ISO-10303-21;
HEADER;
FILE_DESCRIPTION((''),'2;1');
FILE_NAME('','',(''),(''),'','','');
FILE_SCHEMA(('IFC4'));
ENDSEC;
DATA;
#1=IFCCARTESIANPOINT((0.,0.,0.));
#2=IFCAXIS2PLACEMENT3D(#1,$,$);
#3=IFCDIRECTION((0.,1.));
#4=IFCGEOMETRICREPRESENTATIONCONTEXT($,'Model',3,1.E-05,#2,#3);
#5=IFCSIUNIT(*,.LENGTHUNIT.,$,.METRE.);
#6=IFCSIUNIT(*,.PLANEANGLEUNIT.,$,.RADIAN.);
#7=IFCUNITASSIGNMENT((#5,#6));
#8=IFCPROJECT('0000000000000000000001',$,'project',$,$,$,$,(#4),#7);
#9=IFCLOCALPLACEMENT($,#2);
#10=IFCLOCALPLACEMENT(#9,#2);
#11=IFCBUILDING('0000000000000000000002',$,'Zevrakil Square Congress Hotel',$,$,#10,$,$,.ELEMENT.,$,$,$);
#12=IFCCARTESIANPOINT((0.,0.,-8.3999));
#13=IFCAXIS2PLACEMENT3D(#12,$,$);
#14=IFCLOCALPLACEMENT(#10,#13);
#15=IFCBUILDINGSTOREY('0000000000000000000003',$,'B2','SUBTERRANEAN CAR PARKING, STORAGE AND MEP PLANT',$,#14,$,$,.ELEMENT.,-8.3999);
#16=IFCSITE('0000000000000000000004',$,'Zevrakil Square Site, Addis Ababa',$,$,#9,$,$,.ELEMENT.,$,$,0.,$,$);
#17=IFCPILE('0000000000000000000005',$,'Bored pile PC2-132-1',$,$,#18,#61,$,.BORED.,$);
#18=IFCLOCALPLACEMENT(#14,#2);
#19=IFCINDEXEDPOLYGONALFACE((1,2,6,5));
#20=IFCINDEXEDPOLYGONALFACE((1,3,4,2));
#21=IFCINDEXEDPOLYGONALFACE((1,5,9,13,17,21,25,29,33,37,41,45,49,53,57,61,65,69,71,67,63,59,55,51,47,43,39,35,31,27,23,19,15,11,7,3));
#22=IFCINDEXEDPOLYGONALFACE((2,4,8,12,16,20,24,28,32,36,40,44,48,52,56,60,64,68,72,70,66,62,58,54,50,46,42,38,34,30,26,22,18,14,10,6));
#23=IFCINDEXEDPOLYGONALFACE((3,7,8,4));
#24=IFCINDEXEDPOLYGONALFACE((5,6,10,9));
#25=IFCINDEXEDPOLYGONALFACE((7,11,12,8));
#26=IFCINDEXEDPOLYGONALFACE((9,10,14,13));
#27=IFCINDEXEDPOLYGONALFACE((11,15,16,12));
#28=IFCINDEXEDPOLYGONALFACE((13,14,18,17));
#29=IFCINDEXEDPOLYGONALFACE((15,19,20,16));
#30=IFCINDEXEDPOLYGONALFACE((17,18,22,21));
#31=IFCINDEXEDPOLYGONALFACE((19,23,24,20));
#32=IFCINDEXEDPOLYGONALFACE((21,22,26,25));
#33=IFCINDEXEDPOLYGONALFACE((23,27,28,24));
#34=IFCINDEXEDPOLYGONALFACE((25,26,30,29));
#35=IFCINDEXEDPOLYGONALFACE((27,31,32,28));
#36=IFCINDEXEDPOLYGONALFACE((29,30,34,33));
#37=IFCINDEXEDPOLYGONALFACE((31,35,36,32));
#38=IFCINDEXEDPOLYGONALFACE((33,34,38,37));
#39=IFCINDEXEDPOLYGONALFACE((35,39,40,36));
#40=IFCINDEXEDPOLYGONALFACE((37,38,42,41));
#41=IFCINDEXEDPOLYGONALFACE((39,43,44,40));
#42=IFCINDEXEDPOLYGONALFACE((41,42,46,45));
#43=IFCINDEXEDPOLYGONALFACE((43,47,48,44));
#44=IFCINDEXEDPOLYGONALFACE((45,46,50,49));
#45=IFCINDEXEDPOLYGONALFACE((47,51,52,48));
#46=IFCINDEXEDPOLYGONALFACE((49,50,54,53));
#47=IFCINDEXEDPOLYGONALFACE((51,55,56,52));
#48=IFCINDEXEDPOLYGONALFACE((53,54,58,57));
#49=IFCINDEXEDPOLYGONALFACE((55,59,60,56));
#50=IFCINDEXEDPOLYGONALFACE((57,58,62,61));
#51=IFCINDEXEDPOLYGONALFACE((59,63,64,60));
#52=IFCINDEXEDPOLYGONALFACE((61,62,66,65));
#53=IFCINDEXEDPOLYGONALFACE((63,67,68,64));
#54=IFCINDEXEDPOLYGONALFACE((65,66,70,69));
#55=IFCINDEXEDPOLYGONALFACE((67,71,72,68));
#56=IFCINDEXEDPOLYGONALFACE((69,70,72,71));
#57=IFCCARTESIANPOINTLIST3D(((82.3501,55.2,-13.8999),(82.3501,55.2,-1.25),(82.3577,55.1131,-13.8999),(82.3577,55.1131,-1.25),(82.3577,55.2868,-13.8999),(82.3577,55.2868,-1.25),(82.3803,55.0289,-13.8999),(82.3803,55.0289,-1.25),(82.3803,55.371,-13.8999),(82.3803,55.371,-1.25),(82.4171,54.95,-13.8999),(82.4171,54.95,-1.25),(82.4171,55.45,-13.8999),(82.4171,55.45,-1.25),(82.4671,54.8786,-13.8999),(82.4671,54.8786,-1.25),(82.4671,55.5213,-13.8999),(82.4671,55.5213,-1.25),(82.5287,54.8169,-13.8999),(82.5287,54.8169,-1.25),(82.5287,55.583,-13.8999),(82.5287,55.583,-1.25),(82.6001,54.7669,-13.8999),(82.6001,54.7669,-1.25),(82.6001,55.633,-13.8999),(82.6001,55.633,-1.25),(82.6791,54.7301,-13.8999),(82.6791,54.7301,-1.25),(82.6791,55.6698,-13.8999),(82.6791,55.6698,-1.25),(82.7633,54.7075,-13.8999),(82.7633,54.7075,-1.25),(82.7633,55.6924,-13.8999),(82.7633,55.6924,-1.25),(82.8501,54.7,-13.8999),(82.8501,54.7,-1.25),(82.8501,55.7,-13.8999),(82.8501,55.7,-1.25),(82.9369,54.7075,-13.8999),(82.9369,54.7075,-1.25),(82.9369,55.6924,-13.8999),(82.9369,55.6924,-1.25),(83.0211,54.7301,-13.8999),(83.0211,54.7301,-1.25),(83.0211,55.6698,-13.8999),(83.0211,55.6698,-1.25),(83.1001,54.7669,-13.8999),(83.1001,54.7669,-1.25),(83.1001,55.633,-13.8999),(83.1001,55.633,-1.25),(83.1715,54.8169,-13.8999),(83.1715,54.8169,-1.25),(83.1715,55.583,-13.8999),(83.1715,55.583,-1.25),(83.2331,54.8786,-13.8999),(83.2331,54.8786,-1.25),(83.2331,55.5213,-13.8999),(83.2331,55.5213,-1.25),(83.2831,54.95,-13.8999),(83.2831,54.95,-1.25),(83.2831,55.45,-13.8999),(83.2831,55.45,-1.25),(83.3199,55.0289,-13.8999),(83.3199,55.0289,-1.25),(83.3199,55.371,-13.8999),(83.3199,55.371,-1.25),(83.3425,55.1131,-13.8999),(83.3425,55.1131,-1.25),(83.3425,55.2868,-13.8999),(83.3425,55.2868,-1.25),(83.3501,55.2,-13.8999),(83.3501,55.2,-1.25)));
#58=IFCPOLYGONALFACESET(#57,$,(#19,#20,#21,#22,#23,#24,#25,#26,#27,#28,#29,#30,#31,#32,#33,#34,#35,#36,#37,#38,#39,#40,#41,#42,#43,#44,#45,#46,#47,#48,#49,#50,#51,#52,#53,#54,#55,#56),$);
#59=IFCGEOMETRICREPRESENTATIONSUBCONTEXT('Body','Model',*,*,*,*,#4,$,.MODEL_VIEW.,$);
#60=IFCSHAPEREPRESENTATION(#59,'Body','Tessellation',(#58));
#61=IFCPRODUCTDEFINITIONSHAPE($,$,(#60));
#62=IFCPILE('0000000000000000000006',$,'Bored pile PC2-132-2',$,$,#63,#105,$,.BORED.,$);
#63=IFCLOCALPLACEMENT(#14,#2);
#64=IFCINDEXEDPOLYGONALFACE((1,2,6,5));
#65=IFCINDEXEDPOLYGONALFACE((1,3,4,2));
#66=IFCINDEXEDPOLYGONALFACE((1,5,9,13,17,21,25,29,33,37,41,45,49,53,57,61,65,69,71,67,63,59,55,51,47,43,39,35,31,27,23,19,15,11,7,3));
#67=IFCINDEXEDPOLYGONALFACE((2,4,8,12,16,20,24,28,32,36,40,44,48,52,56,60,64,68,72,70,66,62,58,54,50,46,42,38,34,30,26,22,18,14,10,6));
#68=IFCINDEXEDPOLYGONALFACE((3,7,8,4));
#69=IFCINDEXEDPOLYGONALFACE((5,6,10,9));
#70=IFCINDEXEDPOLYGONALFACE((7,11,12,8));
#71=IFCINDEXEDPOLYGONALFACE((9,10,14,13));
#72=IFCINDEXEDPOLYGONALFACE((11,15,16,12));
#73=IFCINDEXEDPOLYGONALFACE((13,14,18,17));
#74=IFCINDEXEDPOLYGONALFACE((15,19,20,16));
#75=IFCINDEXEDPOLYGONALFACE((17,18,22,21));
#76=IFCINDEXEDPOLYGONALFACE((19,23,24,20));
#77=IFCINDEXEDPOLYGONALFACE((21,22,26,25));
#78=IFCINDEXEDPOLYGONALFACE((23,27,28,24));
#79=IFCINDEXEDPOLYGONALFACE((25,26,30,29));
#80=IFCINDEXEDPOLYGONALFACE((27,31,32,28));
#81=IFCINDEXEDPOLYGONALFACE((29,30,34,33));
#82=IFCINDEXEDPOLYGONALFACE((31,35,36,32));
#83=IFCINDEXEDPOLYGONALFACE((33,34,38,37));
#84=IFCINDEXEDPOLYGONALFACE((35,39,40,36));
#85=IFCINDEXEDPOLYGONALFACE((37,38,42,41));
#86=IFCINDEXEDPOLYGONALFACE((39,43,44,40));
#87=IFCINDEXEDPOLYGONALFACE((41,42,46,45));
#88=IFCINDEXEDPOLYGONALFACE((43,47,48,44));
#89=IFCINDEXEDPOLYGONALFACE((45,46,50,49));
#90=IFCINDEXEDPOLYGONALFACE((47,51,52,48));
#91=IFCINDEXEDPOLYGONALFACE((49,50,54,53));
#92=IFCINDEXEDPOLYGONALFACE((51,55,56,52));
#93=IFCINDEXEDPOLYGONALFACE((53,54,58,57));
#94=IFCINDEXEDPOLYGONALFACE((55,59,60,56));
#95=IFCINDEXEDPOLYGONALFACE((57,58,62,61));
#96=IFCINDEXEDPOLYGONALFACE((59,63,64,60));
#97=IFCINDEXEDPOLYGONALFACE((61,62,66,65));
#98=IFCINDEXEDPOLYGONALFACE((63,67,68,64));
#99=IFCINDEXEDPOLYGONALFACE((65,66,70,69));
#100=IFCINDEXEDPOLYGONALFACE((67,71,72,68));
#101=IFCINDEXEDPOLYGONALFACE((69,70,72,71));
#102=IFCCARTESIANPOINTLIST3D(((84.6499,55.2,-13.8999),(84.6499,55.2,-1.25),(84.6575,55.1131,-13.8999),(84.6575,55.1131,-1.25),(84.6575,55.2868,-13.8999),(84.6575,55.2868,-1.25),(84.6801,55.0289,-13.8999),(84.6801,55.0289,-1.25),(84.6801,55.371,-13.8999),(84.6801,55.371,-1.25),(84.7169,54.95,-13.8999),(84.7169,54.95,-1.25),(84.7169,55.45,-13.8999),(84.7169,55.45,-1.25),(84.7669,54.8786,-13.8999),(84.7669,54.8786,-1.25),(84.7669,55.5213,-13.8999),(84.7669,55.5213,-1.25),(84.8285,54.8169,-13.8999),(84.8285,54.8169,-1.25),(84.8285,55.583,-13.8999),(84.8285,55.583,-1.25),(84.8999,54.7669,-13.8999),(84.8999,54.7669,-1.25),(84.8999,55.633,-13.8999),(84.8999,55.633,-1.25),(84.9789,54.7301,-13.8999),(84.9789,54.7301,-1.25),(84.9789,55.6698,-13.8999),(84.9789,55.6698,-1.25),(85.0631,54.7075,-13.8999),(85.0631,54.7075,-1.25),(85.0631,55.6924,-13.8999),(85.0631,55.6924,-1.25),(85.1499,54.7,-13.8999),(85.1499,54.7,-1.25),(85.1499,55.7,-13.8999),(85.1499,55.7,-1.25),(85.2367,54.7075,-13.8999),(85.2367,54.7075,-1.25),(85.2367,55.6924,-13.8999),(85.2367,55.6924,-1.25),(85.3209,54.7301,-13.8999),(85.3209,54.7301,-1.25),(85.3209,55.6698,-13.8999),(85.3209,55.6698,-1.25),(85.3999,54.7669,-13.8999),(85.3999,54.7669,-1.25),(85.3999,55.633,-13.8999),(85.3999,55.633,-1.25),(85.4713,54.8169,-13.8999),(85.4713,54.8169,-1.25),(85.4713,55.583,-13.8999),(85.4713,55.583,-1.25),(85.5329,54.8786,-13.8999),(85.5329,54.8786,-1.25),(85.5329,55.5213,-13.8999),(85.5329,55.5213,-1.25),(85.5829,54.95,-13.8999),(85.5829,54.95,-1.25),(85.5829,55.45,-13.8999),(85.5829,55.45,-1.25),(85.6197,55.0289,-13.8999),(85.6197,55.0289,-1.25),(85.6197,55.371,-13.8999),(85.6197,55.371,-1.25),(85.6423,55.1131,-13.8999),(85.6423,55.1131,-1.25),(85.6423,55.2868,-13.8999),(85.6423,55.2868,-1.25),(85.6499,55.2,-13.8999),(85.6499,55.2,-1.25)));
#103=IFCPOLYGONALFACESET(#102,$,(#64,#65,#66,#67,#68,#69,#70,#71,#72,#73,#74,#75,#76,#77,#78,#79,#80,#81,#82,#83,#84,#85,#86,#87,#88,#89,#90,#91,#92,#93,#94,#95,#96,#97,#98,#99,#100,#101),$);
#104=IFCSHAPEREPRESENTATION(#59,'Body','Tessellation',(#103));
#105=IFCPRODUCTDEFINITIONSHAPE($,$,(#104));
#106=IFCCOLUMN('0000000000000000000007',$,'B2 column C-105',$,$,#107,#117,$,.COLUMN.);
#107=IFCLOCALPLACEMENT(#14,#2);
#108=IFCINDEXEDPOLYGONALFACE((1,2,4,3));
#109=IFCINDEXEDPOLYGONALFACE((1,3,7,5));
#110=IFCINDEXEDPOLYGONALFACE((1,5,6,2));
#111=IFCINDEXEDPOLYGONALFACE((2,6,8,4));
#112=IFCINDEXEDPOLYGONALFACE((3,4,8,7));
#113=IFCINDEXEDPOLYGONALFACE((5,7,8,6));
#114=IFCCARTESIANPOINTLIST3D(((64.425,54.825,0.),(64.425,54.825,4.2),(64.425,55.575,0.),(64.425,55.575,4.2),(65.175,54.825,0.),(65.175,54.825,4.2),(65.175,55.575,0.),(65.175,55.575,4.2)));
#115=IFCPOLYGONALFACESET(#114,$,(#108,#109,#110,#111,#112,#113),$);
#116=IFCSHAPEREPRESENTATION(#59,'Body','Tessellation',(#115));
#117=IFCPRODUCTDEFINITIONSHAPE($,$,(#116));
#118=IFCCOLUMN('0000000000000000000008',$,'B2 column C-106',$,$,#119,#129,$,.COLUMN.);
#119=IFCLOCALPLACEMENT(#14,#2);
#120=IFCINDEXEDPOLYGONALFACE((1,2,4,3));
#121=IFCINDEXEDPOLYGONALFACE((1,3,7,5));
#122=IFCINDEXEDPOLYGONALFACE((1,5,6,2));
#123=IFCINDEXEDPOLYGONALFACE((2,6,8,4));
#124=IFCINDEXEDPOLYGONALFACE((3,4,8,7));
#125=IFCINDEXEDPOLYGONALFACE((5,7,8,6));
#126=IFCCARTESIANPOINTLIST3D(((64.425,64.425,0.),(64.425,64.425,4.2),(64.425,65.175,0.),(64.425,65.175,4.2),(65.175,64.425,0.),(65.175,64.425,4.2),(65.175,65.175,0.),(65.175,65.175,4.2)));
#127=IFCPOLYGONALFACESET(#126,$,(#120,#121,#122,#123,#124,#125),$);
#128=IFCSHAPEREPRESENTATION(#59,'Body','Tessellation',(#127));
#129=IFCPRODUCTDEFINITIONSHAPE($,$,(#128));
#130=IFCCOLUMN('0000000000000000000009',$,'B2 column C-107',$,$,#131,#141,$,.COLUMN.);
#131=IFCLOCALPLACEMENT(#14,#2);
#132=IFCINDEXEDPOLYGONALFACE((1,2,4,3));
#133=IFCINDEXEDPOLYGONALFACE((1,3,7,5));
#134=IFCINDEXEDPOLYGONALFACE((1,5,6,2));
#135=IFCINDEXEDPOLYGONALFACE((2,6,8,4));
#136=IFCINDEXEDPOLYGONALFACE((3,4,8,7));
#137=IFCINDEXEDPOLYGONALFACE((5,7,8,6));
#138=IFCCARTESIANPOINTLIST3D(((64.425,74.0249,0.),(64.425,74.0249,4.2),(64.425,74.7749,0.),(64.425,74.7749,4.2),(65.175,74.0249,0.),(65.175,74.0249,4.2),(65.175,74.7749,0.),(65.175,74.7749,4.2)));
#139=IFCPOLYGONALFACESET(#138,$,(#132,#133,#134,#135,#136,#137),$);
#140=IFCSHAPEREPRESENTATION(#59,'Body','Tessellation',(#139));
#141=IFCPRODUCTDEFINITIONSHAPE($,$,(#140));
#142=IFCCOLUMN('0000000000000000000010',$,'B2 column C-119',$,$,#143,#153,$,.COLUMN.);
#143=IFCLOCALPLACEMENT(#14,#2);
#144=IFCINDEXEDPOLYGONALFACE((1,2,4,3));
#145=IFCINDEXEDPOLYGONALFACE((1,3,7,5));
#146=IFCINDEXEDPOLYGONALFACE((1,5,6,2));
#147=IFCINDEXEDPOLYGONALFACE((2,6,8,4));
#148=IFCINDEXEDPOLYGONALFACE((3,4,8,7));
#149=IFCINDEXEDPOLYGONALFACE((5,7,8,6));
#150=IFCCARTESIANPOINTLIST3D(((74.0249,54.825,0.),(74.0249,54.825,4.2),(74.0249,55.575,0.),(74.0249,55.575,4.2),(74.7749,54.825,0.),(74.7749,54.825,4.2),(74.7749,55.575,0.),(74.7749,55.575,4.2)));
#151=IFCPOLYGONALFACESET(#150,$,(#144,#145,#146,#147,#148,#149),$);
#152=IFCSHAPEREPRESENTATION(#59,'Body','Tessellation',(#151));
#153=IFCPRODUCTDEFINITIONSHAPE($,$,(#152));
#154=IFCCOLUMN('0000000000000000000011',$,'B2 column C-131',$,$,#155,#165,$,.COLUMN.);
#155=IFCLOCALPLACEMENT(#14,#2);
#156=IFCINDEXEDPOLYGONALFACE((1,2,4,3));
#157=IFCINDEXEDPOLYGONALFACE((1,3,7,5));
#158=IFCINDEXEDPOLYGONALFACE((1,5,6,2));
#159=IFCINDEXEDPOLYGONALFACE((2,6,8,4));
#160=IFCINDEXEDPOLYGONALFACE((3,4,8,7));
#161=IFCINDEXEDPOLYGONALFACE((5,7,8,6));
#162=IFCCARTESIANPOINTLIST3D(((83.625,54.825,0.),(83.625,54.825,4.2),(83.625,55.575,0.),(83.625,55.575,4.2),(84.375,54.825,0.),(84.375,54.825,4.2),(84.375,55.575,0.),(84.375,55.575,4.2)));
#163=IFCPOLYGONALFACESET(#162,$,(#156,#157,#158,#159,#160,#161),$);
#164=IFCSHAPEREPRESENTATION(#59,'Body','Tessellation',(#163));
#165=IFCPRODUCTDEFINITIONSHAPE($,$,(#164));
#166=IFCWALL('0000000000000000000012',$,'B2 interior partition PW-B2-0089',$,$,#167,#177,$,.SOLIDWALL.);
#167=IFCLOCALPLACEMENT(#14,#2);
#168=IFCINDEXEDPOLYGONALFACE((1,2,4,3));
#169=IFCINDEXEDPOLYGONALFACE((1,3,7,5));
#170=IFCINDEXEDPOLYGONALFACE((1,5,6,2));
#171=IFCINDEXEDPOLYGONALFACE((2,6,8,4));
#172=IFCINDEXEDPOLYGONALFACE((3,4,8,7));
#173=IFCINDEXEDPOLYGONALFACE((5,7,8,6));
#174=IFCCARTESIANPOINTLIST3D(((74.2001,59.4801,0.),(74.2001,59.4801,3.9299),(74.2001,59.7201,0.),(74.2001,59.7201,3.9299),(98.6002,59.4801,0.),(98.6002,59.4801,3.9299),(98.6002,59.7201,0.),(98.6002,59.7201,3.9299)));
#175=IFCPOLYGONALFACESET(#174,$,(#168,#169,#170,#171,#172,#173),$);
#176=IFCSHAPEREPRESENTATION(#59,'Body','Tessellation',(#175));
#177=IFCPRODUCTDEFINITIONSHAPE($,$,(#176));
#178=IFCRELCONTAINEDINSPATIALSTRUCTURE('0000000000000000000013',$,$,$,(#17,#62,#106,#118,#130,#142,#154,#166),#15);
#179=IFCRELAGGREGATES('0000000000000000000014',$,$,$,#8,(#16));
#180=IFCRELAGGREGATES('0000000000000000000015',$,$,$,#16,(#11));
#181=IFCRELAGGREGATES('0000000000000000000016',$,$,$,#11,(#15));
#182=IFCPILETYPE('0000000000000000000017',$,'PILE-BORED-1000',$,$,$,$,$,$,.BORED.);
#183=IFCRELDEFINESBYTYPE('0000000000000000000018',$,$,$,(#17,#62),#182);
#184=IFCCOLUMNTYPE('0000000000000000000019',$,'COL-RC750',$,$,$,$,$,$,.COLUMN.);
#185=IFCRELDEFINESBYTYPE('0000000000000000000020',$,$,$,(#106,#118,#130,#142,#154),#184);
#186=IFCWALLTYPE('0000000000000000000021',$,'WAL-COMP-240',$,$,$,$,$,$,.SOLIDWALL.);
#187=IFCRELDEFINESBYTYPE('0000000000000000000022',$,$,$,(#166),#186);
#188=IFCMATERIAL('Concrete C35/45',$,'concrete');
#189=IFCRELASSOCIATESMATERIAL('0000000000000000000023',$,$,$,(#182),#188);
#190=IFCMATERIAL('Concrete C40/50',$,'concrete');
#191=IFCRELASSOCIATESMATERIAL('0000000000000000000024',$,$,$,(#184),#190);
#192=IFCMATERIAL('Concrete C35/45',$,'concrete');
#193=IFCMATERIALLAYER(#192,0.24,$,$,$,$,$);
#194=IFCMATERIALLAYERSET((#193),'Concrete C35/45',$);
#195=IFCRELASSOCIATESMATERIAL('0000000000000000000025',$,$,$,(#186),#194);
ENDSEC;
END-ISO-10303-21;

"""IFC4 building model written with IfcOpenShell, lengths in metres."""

from ifc_helpers import new_model, si_unit, direction, frame, frame_2d, origin, origin_2d, place, context, subcontext, project, spatial, rectangle, circle, extrude, material, layer, layer_set, material_profile, profile_set, type_object, element, save


model = new_model("IFC4")

# Units and contexts
model_context = context("Model", 3, precision=1e-05, world=origin(), true_north=direction((0.0, 1.0)))
body_context = subcontext(model_context, "Body", "Model", "MODEL_VIEW")
ifc_project = project(units=[si_unit("LENGTHUNIT", "METRE"), si_unit("PLANEANGLEUNIT", "RADIAN")], contexts=[model_context])

# Site, building, storey
site_placement = place(None, origin())
site = spatial("IfcSite", under=ifc_project, at=site_placement, Name="Zevrakil Square Site, Addis Ababa", CompositionType="ELEMENT", RefElevation=0.0)
building_placement = place(site_placement, origin())
building = spatial("IfcBuilding", under=site, at=building_placement, Name="Zevrakil Square Congress Hotel", CompositionType="ELEMENT")
storey_placement = place(building_placement, frame((0.0, 0.0, -8.3999)))
storey = spatial("IfcBuildingStorey", under=building, at=storey_placement, Name="B2", Description="SUBTERRANEAN CAR PARKING, STORAGE AND MEP PLANT", CompositionType="ELEMENT", Elevation=-8.3999)

# Piles
ifc_material_1 = material(Name="Concrete C35/45", Category="concrete")
ifc_material_profile_1 = material_profile(ifc_material_1, circle(Radius=0.5, at=origin_2d()), Name="PILE D1000")
ifc_profile_set_1 = profile_set([ifc_material_profile_1], Name="Concrete C35/45")
pile_type = type_object("IfcPileType", Name="PILE-BORED-1000", PredefinedType="BORED", material=ifc_profile_set_1)
for number, where, z_axis, x_axis, name in (
    (1, (82.8501, 55.2, -1.25), (0.0, 0.0, -1.0), (1.0, 0.0, 0.0), "Bored pile PC2-132-1"),
    (2, (85.1499, 55.2, -1.25), (0.0, 0.0, -1.0), (1.0, 0.0, 0.0), "Bored pile PC2-132-2"),
):
    element("IfcPile", number, at=place(storey_placement, frame(where, z_axis=z_axis, x_axis=x_axis)), inside=storey, type_object=pile_type, Name=name, PredefinedType="BORED", context=body_context, shape_type="SweptSolid", body=[
        extrude(circle(Radius=0.5, at=origin_2d()), origin(), (0.0, 0.0, 1.0), 12.6499),
    ])

# Columns
ifc_material_2 = material(Name="Concrete C40/50", Category="concrete")
ifc_material_profile_2 = material_profile(ifc_material_2, rectangle(XDim=0.75, YDim=0.75, at=origin_2d()), Name="RC 750x750")
ifc_profile_set_2 = profile_set([ifc_material_profile_2], Name="Concrete C40/50")
column_type = type_object("IfcColumnType", Name="COL-RC750", PredefinedType="COLUMN", material=ifc_profile_set_2)
for number, where, z_axis, x_axis, name in (
    (3, (64.8, 55.2, 0.0), (0.0, 0.0, 1.0), (1.0, 0.0, 0.0), "B2 column C-105"),
    (4, (64.8, 64.8, 0.0), (0.0, 0.0, 1.0), (1.0, 0.0, 0.0), "B2 column C-106"),
    (5, (64.8, 74.3999, 0.0), (0.0, 0.0, 1.0), (1.0, 0.0, 0.0), "B2 column C-107"),
    (6, (74.3999, 55.2, 0.0), (0.0, 0.0, 1.0), (1.0, 0.0, 0.0), "B2 column C-119"),
    (7, (84.0, 55.2, 0.0), (0.0, 0.0, 1.0), (1.0, 0.0, 0.0), "B2 column C-131"),
):
    element("IfcColumn", number, at=place(storey_placement, frame(where, z_axis=z_axis, x_axis=x_axis)), inside=storey, type_object=column_type, Name=name, PredefinedType="COLUMN", context=body_context, shape_type="SweptSolid", body=[
        extrude(rectangle(XDim=0.75, YDim=0.75, at=origin_2d()), origin(), (0.0, 0.0, 1.0), 4.2),
    ])

# Wall
ifc_material_3 = material(Name="Concrete C35/45", Category="concrete")
ifc_layer = layer(ifc_material_3, 0.24)
ifc_layer_set = layer_set([ifc_layer], Name="Concrete C35/45")
wall_type = type_object("IfcWallType", Name="WAL-COMP-240", PredefinedType="SOLIDWALL", material=ifc_layer_set)
wall_placement = place(storey_placement, frame((74.2, 59.6001, 0.0), z_axis=(0.0, 0.0, 1.0), x_axis=(1.0, 0.0, 0.0)))
element("IfcWall", 8, at=wall_placement, inside=storey, type_object=wall_type, Name="B2 interior partition PW-B2-0089", PredefinedType="SOLIDWALL", context=body_context, shape_type="SweptSolid", body=[
    extrude(rectangle(XDim=24.4001, YDim=0.24, at=frame_2d((12.2002, 0.0))), origin(), (0.0, 0.0, 1.0), 3.9299),
])

save(model, "model.ifc")
